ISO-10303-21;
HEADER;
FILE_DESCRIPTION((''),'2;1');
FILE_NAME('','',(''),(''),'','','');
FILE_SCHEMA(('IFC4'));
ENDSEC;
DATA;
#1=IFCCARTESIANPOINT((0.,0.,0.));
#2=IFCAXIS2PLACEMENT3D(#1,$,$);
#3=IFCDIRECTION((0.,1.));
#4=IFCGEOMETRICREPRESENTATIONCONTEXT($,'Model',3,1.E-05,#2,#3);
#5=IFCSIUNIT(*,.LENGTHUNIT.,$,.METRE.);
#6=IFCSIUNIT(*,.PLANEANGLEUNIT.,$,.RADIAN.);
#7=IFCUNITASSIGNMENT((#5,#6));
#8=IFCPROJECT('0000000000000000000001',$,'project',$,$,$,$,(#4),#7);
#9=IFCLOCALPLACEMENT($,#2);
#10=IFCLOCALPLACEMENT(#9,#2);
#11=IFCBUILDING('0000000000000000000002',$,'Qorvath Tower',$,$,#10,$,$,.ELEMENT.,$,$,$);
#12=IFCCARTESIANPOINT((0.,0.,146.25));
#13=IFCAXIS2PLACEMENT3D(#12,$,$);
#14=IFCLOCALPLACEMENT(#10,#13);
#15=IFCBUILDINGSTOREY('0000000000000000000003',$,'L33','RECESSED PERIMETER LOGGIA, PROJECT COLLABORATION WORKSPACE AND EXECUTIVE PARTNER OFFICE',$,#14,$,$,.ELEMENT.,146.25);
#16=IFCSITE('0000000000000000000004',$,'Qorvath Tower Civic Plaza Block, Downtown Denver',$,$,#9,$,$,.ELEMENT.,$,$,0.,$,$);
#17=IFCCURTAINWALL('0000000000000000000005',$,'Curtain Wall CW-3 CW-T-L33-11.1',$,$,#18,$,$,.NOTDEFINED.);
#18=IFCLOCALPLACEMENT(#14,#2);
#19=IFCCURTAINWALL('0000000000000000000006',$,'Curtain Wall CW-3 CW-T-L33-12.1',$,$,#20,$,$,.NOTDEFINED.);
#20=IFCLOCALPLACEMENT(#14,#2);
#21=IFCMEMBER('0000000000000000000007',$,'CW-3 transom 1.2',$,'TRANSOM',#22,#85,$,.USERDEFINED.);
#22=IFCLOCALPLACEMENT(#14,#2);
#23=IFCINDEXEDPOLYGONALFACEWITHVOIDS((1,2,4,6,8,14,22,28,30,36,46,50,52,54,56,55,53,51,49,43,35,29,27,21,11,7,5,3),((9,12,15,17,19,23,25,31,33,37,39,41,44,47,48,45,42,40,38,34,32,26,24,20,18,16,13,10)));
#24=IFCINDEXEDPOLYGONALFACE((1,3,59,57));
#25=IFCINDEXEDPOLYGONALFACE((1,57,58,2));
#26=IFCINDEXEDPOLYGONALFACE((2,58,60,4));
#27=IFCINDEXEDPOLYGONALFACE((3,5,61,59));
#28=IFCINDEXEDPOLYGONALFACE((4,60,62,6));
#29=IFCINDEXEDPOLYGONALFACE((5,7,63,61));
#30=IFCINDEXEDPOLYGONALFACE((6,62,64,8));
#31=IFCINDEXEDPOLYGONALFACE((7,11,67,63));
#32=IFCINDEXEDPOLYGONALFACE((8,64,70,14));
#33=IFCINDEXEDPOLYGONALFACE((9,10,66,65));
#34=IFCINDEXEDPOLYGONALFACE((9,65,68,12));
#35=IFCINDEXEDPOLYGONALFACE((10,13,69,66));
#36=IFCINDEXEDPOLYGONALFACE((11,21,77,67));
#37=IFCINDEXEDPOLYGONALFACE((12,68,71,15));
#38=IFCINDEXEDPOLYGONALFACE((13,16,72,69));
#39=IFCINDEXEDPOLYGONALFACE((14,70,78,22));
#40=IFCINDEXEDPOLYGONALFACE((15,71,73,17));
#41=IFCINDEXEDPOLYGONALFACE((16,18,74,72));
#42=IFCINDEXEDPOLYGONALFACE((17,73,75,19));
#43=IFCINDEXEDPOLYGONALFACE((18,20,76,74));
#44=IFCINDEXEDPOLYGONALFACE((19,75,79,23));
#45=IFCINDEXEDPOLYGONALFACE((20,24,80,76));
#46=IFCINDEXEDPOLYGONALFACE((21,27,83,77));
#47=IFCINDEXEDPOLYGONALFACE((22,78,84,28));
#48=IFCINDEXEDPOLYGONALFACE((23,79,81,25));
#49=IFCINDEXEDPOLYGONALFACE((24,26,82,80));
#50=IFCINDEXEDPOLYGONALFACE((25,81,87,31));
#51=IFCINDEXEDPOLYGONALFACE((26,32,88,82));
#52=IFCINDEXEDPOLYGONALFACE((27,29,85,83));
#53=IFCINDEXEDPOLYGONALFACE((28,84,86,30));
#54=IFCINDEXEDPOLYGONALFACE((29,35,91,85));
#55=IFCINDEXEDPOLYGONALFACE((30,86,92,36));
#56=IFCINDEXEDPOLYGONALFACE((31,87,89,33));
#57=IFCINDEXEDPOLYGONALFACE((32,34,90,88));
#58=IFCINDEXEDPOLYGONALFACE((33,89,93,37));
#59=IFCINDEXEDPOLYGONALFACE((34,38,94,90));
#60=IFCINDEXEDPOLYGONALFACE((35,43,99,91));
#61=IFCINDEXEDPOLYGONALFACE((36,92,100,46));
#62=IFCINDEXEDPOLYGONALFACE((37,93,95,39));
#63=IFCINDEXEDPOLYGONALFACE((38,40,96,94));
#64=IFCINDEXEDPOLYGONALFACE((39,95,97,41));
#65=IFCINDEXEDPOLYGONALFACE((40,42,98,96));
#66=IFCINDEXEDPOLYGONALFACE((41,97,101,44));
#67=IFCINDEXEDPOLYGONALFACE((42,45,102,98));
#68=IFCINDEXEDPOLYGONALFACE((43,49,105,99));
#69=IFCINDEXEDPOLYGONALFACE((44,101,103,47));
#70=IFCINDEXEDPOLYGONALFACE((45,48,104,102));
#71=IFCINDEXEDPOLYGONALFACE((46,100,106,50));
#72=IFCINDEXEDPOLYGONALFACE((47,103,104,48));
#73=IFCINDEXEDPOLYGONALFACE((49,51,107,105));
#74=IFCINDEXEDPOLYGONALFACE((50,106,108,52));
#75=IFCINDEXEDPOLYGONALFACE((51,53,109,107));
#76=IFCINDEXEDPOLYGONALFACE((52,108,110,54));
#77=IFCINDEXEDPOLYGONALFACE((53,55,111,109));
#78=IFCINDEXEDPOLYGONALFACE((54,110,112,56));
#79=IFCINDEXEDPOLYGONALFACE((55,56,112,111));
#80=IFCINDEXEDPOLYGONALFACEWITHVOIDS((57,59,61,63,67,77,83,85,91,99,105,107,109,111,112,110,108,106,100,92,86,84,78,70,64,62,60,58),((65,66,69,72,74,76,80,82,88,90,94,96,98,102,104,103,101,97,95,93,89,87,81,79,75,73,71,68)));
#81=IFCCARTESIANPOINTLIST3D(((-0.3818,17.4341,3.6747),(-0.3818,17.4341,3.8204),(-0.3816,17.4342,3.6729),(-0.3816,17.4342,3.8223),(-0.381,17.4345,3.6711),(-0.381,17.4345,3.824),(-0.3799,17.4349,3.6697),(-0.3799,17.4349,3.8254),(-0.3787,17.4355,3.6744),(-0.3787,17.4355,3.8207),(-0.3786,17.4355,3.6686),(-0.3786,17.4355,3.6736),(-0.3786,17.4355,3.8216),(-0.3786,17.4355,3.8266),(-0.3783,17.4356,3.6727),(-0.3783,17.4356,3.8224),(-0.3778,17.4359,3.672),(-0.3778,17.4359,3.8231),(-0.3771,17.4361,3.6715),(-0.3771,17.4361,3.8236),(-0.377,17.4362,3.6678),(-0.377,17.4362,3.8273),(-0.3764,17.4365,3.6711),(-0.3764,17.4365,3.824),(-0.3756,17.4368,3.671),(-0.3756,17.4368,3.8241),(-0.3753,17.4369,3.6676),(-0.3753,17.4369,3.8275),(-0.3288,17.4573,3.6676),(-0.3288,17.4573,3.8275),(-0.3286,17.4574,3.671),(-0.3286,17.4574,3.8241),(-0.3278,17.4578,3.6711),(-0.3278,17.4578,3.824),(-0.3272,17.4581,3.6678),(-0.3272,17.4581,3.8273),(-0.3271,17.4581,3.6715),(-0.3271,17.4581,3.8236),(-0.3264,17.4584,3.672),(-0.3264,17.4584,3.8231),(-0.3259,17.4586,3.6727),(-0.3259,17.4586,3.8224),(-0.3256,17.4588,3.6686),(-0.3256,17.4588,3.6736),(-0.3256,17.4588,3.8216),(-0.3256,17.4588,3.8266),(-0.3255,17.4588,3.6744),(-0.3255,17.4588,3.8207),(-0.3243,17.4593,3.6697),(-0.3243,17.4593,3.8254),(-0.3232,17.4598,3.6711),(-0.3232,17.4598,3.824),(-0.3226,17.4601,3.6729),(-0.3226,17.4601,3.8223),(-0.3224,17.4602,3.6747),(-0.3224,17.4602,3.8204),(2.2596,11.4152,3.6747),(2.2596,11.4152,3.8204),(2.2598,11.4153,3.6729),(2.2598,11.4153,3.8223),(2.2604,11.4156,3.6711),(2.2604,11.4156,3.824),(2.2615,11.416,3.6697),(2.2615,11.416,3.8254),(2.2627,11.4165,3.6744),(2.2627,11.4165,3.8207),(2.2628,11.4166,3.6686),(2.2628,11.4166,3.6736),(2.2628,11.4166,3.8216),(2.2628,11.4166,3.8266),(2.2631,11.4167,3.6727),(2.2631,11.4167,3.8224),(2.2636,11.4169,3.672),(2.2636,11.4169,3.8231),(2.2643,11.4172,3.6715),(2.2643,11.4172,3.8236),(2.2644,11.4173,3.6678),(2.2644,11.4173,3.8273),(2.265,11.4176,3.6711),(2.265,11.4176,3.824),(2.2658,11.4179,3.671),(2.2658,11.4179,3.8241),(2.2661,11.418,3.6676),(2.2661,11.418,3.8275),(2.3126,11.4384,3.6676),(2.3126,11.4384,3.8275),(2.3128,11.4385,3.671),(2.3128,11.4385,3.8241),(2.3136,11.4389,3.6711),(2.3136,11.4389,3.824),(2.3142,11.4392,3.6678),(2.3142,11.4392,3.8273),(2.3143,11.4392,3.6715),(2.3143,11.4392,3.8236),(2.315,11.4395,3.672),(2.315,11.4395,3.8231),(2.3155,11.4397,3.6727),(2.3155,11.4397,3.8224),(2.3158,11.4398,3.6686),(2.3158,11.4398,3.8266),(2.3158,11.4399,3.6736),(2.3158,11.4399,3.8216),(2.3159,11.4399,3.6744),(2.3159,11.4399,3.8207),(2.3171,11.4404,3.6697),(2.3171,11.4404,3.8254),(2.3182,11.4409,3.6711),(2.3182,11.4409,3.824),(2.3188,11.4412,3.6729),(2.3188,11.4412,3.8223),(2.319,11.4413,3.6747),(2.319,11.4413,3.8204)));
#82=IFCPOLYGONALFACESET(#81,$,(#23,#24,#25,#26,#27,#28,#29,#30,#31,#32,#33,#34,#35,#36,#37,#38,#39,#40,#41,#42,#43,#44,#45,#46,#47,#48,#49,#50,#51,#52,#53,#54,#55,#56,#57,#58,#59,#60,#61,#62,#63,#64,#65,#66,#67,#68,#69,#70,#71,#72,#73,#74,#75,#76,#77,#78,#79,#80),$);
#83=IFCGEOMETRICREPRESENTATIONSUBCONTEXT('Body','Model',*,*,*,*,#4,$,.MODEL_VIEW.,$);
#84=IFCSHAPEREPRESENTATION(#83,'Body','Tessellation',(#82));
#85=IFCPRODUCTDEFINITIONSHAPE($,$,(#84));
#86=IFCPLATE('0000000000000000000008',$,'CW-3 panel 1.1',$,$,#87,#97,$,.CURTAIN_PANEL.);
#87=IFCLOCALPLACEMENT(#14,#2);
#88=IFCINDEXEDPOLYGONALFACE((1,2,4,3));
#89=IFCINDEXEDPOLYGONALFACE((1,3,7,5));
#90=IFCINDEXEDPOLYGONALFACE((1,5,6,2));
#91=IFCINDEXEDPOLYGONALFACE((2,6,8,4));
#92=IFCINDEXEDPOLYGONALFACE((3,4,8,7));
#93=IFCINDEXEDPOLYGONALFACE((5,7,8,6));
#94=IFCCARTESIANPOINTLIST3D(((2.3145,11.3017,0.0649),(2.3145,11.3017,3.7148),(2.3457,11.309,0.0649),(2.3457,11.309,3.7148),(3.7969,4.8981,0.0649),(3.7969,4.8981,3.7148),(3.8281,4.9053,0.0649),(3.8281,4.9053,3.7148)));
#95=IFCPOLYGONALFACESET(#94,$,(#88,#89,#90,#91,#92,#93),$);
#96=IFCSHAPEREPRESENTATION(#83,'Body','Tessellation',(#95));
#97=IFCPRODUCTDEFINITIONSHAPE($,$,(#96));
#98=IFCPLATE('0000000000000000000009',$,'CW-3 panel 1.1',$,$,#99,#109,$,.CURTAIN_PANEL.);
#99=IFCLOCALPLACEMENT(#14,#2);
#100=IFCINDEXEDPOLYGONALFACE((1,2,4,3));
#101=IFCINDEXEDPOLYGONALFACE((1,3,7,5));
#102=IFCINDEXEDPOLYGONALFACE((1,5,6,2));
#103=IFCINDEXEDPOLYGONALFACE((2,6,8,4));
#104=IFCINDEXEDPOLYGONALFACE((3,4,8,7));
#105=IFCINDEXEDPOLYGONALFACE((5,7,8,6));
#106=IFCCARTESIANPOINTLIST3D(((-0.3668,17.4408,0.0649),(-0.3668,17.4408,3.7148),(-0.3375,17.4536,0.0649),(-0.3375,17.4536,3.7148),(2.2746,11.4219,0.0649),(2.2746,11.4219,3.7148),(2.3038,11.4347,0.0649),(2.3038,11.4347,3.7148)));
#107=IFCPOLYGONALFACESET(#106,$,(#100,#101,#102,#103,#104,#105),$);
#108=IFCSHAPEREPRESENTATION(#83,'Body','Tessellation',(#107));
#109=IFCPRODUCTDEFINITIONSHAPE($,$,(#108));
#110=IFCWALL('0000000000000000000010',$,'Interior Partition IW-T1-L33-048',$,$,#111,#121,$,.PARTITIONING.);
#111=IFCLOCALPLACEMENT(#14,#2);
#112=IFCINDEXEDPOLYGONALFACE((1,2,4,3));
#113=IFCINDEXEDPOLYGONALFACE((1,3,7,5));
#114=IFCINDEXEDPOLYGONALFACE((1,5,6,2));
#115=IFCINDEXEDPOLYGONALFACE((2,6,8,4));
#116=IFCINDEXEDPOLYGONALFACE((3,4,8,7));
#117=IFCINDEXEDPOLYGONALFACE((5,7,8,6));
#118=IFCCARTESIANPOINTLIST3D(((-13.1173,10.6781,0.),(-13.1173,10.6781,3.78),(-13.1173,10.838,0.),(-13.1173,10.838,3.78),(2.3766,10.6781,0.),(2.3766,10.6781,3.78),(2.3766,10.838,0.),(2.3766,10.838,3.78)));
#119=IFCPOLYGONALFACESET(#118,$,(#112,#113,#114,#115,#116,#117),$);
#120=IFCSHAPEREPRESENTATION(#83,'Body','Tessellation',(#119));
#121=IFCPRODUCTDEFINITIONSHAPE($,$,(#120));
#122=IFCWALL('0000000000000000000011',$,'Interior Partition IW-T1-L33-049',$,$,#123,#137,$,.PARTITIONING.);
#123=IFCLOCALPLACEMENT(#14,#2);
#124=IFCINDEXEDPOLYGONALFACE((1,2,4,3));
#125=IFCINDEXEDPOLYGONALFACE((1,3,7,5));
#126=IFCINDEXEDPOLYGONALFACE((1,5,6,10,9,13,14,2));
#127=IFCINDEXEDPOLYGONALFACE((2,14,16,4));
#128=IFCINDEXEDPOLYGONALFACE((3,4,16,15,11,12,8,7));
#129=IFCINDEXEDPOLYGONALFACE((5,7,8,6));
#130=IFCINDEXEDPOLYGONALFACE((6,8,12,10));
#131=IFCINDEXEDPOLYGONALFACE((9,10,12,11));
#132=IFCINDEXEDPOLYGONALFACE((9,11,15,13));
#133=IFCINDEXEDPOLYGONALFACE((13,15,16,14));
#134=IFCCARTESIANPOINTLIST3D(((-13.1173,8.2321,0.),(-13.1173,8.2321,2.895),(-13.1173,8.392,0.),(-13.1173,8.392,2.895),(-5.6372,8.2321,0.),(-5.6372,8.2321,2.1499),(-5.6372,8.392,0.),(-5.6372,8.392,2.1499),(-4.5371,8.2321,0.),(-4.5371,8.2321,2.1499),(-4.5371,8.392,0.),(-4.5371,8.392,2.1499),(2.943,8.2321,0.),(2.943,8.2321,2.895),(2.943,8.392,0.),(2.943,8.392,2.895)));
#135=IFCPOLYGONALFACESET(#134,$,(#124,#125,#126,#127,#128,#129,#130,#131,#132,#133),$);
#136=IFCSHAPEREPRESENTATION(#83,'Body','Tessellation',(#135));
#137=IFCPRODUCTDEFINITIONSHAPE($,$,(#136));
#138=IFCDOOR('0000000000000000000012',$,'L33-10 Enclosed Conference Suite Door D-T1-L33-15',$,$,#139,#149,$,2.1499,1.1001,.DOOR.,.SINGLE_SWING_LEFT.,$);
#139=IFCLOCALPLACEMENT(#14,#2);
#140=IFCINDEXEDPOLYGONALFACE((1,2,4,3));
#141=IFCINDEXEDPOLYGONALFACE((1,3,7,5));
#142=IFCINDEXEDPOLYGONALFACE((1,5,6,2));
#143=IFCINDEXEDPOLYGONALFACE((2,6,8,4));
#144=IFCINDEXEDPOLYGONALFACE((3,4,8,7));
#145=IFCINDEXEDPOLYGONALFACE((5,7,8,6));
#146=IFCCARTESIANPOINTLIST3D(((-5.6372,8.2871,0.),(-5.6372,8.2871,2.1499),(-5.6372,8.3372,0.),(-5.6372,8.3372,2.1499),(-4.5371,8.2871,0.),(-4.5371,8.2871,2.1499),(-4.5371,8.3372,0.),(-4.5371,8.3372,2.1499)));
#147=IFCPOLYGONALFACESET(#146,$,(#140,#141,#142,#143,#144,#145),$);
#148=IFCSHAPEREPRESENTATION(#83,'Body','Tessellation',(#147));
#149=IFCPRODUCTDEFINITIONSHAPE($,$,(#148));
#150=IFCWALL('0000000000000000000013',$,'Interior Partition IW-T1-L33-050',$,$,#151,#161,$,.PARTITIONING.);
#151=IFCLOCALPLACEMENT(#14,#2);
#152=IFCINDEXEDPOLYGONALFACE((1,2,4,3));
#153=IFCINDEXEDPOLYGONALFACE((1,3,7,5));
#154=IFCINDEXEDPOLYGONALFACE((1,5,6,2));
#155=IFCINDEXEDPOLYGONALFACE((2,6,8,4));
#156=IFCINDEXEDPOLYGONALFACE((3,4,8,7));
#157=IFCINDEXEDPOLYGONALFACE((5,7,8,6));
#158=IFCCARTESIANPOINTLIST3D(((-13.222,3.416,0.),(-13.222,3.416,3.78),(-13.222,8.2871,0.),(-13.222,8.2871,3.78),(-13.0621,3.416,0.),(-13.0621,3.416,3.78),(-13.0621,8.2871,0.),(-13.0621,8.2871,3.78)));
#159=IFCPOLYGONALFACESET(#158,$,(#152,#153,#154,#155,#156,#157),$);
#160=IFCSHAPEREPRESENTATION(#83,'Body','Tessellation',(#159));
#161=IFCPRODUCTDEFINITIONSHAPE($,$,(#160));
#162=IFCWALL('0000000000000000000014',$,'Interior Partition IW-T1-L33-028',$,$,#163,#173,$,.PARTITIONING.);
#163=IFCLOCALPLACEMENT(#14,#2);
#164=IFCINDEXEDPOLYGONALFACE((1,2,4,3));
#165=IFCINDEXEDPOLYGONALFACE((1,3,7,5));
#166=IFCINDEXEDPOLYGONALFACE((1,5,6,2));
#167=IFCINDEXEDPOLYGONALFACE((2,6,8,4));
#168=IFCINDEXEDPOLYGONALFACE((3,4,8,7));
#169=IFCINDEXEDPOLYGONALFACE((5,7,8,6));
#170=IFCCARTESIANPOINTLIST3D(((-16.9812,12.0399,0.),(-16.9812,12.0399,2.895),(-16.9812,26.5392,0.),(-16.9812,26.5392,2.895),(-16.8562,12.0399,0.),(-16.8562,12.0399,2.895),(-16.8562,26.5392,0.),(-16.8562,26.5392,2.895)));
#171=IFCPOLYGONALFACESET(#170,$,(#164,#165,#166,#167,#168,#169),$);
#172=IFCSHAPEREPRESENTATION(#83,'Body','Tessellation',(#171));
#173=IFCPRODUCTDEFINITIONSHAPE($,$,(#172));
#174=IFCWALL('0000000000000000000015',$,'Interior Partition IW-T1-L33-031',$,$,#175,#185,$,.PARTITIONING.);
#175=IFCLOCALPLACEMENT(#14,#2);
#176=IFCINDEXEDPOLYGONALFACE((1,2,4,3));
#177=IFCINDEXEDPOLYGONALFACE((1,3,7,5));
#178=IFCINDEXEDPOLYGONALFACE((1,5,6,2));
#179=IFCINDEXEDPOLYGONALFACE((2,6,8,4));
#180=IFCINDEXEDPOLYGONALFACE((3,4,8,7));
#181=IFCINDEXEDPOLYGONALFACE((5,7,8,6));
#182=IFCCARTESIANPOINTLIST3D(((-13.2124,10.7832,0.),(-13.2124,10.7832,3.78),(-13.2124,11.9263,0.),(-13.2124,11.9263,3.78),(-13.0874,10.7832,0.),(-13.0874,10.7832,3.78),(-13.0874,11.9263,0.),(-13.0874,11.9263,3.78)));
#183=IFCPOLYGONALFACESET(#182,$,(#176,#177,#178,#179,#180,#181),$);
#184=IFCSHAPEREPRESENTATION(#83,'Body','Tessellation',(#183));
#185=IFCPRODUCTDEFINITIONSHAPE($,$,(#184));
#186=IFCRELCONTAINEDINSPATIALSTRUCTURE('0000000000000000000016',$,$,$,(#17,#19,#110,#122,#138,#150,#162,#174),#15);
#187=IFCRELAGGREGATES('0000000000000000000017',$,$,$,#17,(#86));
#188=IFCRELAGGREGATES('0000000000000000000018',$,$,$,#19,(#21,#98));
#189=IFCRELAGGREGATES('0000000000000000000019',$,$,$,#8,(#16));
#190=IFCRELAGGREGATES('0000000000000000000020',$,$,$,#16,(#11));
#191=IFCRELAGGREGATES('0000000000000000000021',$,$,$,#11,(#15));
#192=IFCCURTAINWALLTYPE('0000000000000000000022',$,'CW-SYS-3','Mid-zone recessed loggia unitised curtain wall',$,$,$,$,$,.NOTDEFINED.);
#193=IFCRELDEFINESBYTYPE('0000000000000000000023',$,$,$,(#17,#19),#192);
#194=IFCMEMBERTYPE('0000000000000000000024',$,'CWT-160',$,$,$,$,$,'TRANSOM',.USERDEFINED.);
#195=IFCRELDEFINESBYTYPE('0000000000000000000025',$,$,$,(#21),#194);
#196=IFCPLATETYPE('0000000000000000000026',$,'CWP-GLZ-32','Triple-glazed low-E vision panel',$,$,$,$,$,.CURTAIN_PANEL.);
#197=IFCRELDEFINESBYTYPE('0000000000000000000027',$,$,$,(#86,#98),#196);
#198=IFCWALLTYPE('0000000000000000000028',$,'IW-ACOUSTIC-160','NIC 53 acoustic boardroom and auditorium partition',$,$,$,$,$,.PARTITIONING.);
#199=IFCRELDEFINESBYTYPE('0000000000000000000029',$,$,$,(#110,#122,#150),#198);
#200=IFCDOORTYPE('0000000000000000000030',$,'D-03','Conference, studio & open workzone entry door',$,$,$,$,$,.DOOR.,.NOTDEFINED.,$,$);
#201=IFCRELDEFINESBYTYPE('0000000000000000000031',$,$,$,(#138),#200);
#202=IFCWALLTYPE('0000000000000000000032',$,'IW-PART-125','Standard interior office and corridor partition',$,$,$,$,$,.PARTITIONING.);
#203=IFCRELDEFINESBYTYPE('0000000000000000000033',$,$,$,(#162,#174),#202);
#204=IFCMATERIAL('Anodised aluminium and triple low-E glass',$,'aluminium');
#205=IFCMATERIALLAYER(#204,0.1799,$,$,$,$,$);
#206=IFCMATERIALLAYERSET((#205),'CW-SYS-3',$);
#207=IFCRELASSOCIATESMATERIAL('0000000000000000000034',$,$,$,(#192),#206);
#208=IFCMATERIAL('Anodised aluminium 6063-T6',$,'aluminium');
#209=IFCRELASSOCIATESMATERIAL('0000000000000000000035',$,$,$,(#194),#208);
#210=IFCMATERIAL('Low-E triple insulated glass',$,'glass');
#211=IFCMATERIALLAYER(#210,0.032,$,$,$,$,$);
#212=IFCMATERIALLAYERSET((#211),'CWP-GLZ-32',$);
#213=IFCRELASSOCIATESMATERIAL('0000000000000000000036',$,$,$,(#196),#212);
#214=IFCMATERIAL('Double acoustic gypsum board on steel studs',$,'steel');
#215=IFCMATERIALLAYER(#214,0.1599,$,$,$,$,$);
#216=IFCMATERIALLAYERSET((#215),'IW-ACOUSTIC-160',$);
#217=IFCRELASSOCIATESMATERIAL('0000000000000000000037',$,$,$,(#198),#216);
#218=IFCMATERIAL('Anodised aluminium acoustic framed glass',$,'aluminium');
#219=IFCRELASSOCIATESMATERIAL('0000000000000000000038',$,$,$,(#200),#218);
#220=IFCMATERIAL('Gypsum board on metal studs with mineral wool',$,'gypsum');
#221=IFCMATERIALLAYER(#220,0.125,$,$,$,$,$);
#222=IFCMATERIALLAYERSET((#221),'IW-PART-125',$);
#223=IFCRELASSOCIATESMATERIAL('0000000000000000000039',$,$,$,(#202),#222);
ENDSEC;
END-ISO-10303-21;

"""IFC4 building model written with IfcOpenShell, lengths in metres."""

from ifc_helpers import new_model, si_unit, direction, frame, frame_2d, origin, origin_2d, place, context, subcontext, project, spatial, rectangle, hollow_rectangle, extrude, material, layer, layer_set, material_profile, profile_set, type_object, element, fill, aggregate, save


model = new_model("IFC4")

# Units and contexts
model_context = context("Model", 3, precision=1e-05, world=origin(), true_north=direction((0.0, 1.0)))
body_context = subcontext(model_context, "Body", "Model", "MODEL_VIEW")
ifc_project = project(units=[si_unit("LENGTHUNIT", "METRE"), si_unit("PLANEANGLEUNIT", "RADIAN")], contexts=[model_context])

# Site, building, storey
site_placement = place(None, origin())
site = spatial("IfcSite", under=ifc_project, at=site_placement, Name="Qorvath Tower Civic Plaza Block, Downtown Denver", CompositionType="ELEMENT", RefElevation=0.0)
building_placement = place(site_placement, origin())
building = spatial("IfcBuilding", under=site, at=building_placement, Name="Qorvath Tower", CompositionType="ELEMENT")
storey_placement = place(building_placement, frame((0.0, 0.0, 146.25)))
storey = spatial("IfcBuildingStorey", under=building, at=storey_placement, Name="L33", Description="RECESSED PERIMETER LOGGIA, PROJECT COLLABORATION WORKSPACE AND EXECUTIVE PARTNER OFFICE", CompositionType="ELEMENT", Elevation=146.25)

# Curtain walls
ifc_material_1 = material(Name="Anodised aluminium and triple low-E glass", Category="aluminium")
ifc_layer_1 = layer(ifc_material_1, 0.1799)
ifc_layer_set_1 = layer_set([ifc_layer_1], Name="CW-SYS-3")
curtain_wall_type = type_object("IfcCurtainWallType", Name="CW-SYS-3", Description="Mid-zone recessed loggia unitised curtain wall", PredefinedType="NOTDEFINED", material=ifc_layer_set_1)
curtain_wall_1_placement = place(storey_placement, origin())
curtain_wall_1 = element("IfcCurtainWall", 1, at=curtain_wall_1_placement, inside=storey, type_object=curtain_wall_type, Name="Curtain Wall CW-3 CW-T-L33-11.1", PredefinedType="NOTDEFINED")
curtain_wall_2_placement = place(storey_placement, origin())
curtain_wall_2 = element("IfcCurtainWall", 2, at=curtain_wall_2_placement, inside=storey, type_object=curtain_wall_type, Name="Curtain Wall CW-3 CW-T-L33-12.1", PredefinedType="NOTDEFINED")

# Member
ifc_material_2 = material(Name="Anodised aluminium 6063-T6", Category="aluminium")
ifc_material_profile_1 = material_profile(ifc_material_2, hollow_rectangle(XDim=0.0649, YDim=0.1599, WallThickness=0.0034, InnerFilletRadius=0.0034, OuterFilletRadius=0.0071, at=origin_2d()), Name="CWT 160x65")
ifc_profile_set_1 = profile_set([ifc_material_profile_1], Name="Anodised aluminium 6063-T6")
member_type_1 = type_object("IfcMemberType", Name="CWT-160", ElementType="TRANSOM", PredefinedType="USERDEFINED", material=ifc_profile_set_1)
member_1_placement = place(storey_placement, frame((2.2893, 11.4282, 3.7476), z_axis=(-0.401857, 0.915702, 0.0), x_axis=(-0.915702, -0.401857, 0.0)))
member_1 = element("IfcMember", 3, at=member_1_placement, type_object=member_type_1, Name="CW-3 transom 1.2", ObjectType="TRANSOM", PredefinedType="USERDEFINED", context=body_context, shape_type="SweptSolid", body=[
    extrude(hollow_rectangle(XDim=0.0649, YDim=0.1599, WallThickness=0.0034, InnerFilletRadius=0.0034, OuterFilletRadius=0.0071, at=origin_2d()), origin(), (0.0, 0.0, 1.0), 6.573),
])

# Plates
ifc_material_3 = material(Name="Low-E triple insulated glass", Category="glass")
ifc_layer_2 = layer(ifc_material_3, 0.032)
ifc_layer_set_2 = layer_set([ifc_layer_2], Name="CWP-GLZ-32")
plate_type = type_object("IfcPlateType", Name="CWP-GLZ-32", Description="Triple-glazed low-E vision panel", PredefinedType="CURTAIN_PANEL", material=ifc_layer_set_2)
plate_1_placement = place(storey_placement, frame((3.0713, 8.1035, 0.0649), z_axis=(0.0, 0.0, 1.0), x_axis=(-0.225526, 0.974237, 0.0)))
plate_1 = element("IfcPlate", 4, at=plate_1_placement, type_object=plate_type, Name="CW-3 panel 1.1", PredefinedType="CURTAIN_PANEL", context=body_context, shape_type="SweptSolid", body=[
    extrude(rectangle(XDim=6.573, YDim=0.032, at=origin_2d()), origin(), (0.0, 0.0, 1.0), 3.6499),
])
aggregate(curtain_wall_1, [plate_1])
plate_2_placement = place(storey_placement, frame((0.9685, 14.4377, 0.0649), z_axis=(0.0, 0.0, 1.0), x_axis=(-0.401854, 0.915704, 0.0)))
plate_2 = element("IfcPlate", 5, at=plate_2_placement, type_object=plate_type, Name="CW-3 panel 1.1", PredefinedType="CURTAIN_PANEL", context=body_context, shape_type="SweptSolid", body=[
    extrude(rectangle(XDim=6.573, YDim=0.032, at=origin_2d()), origin(), (0.0, 0.0, 1.0), 3.6499),
])
aggregate(curtain_wall_2, [member_1, plate_2])

# Wall
ifc_material_4 = material(Name="Double acoustic gypsum board on steel studs", Category="steel")
ifc_layer_3 = layer(ifc_material_4, 0.1599)
ifc_layer_set_3 = layer_set([ifc_layer_3], Name="IW-ACOUSTIC-160")
wall_type_1 = type_object("IfcWallType", Name="IW-ACOUSTIC-160", Description="NIC 53 acoustic boardroom and auditorium partition", PredefinedType="PARTITIONING", material=ifc_layer_set_3)
wall_1_placement = place(storey_placement, frame((2.3767, 10.7581, 0.0), z_axis=(0.0, 0.0, 1.0), x_axis=(-1.0, 0.0, 0.0)))
element("IfcWall", 6, at=wall_1_placement, inside=storey, type_object=wall_type_1, Name="Interior Partition IW-T1-L33-048", PredefinedType="PARTITIONING", context=body_context, shape_type="SweptSolid", body=[
    extrude(rectangle(XDim=15.4939, YDim=0.1599, at=frame_2d((7.7471, 0.0))), origin(), (0.0, 0.0, 1.0), 3.78),
])

# Wall, opening, door
wall_2_placement = place(storey_placement, frame((2.9431, 8.312, 0.0), z_axis=(0.0, 0.0, 1.0), x_axis=(-1.0, 0.0, 0.0)))
wall_2 = element("IfcWall", 7, at=wall_2_placement, inside=storey, type_object=wall_type_1, Name="Interior Partition IW-T1-L33-049", PredefinedType="PARTITIONING", context=body_context, shape_type="SweptSolid", body=[
    extrude(rectangle(XDim=16.0603, YDim=0.1599, at=frame_2d((8.0303, 0.0))), origin(), (0.0, 0.0, 1.0), 2.895),
])
opening_1_placement = place(wall_2_placement, frame((7.4802, 0.0, 0.0)))
opening_1 = element("IfcOpeningElement", 8, at=opening_1_placement, cuts=wall_2, PredefinedType="OPENING", context=body_context, shape_type="SweptSolid", body=[
    extrude(rectangle(XDim=1.1001, YDim=2.1499, at=frame_2d((0.55, 1.075))), frame((0.0, 0.0898, 0.0), z_axis=(0.0, -1.0, 0.0), x_axis=(1.0, 0.0, 0.0)), (0.0, 0.0, 1.0), 0.1799),
])
ifc_material_5 = material(Name="Anodised aluminium acoustic framed glass", Category="aluminium")
door_type_1 = type_object("IfcDoorType", Name="D-03", Description="Conference, studio & open workzone entry door", OperationType="NOTDEFINED", PredefinedType="DOOR", material=ifc_material_5)
door_1_placement = place(opening_1_placement, origin())
door_1 = element("IfcDoor", 9, at=door_1_placement, inside=storey, type_object=door_type_1, Name="L33-10 Enclosed Conference Suite Door D-T1-L33-15", OperationType="SINGLE_SWING_LEFT", OverallHeight=2.1499, OverallWidth=1.1001, PredefinedType="DOOR", context=body_context, shape_type="SweptSolid", body=[
    extrude(rectangle(XDim=1.1001, YDim=2.1499, at=frame_2d((0.55, 1.075))), frame((0.0, 0.0249, 0.0), z_axis=(0.0, -1.0, 0.0), x_axis=(1.0, 0.0, 0.0)), (0.0, 0.0, 1.0), 0.05),
])
fill(opening_1, door_1)

# Walls
wall_3_placement = place(storey_placement, frame((-13.1421, 8.2871, 0.0), z_axis=(0.0, 0.0, 1.0), x_axis=(0.0, -1.0, 0.0)))
element("IfcWall", 10, at=wall_3_placement, inside=storey, type_object=wall_type_1, Name="Interior Partition IW-T1-L33-050", PredefinedType="PARTITIONING", context=body_context, shape_type="SweptSolid", body=[
    extrude(rectangle(XDim=4.8711, YDim=0.1599, at=frame_2d((2.4355, 0.0))), origin(), (0.0, 0.0, 1.0), 3.78),
])
ifc_material_6 = material(Name="Gypsum board on metal studs with mineral wool", Category="gypsum")
ifc_layer_4 = layer(ifc_material_6, 0.125)
ifc_layer_set_4 = layer_set([ifc_layer_4], Name="IW-PART-125")
wall_type_2 = type_object("IfcWallType", Name="IW-PART-125", Description="Standard interior office and corridor partition", PredefinedType="PARTITIONING", material=ifc_layer_set_4)
wall_4_placement = place(storey_placement, frame((-16.9187, 12.04, 0.0), z_axis=(0.0, 0.0, 1.0), x_axis=(0.0, 1.0, 0.0)))
element("IfcWall", 11, at=wall_4_placement, inside=storey, type_object=wall_type_2, Name="Interior Partition IW-T1-L33-028", PredefinedType="PARTITIONING", context=body_context, shape_type="SweptSolid", body=[
    extrude(rectangle(XDim=14.4993, YDim=0.125, at=frame_2d((7.2495, 0.0))), origin(), (0.0, 0.0, 1.0), 2.895),
])

# Wall
wall_5_placement = place(storey_placement, frame((-13.1499, 11.9263, 0.0), z_axis=(0.0, 0.0, 1.0), x_axis=(0.0, -1.0, 0.0)))
element("IfcWall", 12, at=wall_5_placement, inside=storey, type_object=wall_type_2, Name="Interior Partition IW-T1-L33-031", PredefinedType="PARTITIONING", context=body_context, shape_type="SweptSolid", body=[
    extrude(rectangle(XDim=1.1431, YDim=0.125, at=frame_2d((0.5715, 0.0))), origin(), (0.0, 0.0, 1.0), 3.78),
])

save(model, "model.ifc")
